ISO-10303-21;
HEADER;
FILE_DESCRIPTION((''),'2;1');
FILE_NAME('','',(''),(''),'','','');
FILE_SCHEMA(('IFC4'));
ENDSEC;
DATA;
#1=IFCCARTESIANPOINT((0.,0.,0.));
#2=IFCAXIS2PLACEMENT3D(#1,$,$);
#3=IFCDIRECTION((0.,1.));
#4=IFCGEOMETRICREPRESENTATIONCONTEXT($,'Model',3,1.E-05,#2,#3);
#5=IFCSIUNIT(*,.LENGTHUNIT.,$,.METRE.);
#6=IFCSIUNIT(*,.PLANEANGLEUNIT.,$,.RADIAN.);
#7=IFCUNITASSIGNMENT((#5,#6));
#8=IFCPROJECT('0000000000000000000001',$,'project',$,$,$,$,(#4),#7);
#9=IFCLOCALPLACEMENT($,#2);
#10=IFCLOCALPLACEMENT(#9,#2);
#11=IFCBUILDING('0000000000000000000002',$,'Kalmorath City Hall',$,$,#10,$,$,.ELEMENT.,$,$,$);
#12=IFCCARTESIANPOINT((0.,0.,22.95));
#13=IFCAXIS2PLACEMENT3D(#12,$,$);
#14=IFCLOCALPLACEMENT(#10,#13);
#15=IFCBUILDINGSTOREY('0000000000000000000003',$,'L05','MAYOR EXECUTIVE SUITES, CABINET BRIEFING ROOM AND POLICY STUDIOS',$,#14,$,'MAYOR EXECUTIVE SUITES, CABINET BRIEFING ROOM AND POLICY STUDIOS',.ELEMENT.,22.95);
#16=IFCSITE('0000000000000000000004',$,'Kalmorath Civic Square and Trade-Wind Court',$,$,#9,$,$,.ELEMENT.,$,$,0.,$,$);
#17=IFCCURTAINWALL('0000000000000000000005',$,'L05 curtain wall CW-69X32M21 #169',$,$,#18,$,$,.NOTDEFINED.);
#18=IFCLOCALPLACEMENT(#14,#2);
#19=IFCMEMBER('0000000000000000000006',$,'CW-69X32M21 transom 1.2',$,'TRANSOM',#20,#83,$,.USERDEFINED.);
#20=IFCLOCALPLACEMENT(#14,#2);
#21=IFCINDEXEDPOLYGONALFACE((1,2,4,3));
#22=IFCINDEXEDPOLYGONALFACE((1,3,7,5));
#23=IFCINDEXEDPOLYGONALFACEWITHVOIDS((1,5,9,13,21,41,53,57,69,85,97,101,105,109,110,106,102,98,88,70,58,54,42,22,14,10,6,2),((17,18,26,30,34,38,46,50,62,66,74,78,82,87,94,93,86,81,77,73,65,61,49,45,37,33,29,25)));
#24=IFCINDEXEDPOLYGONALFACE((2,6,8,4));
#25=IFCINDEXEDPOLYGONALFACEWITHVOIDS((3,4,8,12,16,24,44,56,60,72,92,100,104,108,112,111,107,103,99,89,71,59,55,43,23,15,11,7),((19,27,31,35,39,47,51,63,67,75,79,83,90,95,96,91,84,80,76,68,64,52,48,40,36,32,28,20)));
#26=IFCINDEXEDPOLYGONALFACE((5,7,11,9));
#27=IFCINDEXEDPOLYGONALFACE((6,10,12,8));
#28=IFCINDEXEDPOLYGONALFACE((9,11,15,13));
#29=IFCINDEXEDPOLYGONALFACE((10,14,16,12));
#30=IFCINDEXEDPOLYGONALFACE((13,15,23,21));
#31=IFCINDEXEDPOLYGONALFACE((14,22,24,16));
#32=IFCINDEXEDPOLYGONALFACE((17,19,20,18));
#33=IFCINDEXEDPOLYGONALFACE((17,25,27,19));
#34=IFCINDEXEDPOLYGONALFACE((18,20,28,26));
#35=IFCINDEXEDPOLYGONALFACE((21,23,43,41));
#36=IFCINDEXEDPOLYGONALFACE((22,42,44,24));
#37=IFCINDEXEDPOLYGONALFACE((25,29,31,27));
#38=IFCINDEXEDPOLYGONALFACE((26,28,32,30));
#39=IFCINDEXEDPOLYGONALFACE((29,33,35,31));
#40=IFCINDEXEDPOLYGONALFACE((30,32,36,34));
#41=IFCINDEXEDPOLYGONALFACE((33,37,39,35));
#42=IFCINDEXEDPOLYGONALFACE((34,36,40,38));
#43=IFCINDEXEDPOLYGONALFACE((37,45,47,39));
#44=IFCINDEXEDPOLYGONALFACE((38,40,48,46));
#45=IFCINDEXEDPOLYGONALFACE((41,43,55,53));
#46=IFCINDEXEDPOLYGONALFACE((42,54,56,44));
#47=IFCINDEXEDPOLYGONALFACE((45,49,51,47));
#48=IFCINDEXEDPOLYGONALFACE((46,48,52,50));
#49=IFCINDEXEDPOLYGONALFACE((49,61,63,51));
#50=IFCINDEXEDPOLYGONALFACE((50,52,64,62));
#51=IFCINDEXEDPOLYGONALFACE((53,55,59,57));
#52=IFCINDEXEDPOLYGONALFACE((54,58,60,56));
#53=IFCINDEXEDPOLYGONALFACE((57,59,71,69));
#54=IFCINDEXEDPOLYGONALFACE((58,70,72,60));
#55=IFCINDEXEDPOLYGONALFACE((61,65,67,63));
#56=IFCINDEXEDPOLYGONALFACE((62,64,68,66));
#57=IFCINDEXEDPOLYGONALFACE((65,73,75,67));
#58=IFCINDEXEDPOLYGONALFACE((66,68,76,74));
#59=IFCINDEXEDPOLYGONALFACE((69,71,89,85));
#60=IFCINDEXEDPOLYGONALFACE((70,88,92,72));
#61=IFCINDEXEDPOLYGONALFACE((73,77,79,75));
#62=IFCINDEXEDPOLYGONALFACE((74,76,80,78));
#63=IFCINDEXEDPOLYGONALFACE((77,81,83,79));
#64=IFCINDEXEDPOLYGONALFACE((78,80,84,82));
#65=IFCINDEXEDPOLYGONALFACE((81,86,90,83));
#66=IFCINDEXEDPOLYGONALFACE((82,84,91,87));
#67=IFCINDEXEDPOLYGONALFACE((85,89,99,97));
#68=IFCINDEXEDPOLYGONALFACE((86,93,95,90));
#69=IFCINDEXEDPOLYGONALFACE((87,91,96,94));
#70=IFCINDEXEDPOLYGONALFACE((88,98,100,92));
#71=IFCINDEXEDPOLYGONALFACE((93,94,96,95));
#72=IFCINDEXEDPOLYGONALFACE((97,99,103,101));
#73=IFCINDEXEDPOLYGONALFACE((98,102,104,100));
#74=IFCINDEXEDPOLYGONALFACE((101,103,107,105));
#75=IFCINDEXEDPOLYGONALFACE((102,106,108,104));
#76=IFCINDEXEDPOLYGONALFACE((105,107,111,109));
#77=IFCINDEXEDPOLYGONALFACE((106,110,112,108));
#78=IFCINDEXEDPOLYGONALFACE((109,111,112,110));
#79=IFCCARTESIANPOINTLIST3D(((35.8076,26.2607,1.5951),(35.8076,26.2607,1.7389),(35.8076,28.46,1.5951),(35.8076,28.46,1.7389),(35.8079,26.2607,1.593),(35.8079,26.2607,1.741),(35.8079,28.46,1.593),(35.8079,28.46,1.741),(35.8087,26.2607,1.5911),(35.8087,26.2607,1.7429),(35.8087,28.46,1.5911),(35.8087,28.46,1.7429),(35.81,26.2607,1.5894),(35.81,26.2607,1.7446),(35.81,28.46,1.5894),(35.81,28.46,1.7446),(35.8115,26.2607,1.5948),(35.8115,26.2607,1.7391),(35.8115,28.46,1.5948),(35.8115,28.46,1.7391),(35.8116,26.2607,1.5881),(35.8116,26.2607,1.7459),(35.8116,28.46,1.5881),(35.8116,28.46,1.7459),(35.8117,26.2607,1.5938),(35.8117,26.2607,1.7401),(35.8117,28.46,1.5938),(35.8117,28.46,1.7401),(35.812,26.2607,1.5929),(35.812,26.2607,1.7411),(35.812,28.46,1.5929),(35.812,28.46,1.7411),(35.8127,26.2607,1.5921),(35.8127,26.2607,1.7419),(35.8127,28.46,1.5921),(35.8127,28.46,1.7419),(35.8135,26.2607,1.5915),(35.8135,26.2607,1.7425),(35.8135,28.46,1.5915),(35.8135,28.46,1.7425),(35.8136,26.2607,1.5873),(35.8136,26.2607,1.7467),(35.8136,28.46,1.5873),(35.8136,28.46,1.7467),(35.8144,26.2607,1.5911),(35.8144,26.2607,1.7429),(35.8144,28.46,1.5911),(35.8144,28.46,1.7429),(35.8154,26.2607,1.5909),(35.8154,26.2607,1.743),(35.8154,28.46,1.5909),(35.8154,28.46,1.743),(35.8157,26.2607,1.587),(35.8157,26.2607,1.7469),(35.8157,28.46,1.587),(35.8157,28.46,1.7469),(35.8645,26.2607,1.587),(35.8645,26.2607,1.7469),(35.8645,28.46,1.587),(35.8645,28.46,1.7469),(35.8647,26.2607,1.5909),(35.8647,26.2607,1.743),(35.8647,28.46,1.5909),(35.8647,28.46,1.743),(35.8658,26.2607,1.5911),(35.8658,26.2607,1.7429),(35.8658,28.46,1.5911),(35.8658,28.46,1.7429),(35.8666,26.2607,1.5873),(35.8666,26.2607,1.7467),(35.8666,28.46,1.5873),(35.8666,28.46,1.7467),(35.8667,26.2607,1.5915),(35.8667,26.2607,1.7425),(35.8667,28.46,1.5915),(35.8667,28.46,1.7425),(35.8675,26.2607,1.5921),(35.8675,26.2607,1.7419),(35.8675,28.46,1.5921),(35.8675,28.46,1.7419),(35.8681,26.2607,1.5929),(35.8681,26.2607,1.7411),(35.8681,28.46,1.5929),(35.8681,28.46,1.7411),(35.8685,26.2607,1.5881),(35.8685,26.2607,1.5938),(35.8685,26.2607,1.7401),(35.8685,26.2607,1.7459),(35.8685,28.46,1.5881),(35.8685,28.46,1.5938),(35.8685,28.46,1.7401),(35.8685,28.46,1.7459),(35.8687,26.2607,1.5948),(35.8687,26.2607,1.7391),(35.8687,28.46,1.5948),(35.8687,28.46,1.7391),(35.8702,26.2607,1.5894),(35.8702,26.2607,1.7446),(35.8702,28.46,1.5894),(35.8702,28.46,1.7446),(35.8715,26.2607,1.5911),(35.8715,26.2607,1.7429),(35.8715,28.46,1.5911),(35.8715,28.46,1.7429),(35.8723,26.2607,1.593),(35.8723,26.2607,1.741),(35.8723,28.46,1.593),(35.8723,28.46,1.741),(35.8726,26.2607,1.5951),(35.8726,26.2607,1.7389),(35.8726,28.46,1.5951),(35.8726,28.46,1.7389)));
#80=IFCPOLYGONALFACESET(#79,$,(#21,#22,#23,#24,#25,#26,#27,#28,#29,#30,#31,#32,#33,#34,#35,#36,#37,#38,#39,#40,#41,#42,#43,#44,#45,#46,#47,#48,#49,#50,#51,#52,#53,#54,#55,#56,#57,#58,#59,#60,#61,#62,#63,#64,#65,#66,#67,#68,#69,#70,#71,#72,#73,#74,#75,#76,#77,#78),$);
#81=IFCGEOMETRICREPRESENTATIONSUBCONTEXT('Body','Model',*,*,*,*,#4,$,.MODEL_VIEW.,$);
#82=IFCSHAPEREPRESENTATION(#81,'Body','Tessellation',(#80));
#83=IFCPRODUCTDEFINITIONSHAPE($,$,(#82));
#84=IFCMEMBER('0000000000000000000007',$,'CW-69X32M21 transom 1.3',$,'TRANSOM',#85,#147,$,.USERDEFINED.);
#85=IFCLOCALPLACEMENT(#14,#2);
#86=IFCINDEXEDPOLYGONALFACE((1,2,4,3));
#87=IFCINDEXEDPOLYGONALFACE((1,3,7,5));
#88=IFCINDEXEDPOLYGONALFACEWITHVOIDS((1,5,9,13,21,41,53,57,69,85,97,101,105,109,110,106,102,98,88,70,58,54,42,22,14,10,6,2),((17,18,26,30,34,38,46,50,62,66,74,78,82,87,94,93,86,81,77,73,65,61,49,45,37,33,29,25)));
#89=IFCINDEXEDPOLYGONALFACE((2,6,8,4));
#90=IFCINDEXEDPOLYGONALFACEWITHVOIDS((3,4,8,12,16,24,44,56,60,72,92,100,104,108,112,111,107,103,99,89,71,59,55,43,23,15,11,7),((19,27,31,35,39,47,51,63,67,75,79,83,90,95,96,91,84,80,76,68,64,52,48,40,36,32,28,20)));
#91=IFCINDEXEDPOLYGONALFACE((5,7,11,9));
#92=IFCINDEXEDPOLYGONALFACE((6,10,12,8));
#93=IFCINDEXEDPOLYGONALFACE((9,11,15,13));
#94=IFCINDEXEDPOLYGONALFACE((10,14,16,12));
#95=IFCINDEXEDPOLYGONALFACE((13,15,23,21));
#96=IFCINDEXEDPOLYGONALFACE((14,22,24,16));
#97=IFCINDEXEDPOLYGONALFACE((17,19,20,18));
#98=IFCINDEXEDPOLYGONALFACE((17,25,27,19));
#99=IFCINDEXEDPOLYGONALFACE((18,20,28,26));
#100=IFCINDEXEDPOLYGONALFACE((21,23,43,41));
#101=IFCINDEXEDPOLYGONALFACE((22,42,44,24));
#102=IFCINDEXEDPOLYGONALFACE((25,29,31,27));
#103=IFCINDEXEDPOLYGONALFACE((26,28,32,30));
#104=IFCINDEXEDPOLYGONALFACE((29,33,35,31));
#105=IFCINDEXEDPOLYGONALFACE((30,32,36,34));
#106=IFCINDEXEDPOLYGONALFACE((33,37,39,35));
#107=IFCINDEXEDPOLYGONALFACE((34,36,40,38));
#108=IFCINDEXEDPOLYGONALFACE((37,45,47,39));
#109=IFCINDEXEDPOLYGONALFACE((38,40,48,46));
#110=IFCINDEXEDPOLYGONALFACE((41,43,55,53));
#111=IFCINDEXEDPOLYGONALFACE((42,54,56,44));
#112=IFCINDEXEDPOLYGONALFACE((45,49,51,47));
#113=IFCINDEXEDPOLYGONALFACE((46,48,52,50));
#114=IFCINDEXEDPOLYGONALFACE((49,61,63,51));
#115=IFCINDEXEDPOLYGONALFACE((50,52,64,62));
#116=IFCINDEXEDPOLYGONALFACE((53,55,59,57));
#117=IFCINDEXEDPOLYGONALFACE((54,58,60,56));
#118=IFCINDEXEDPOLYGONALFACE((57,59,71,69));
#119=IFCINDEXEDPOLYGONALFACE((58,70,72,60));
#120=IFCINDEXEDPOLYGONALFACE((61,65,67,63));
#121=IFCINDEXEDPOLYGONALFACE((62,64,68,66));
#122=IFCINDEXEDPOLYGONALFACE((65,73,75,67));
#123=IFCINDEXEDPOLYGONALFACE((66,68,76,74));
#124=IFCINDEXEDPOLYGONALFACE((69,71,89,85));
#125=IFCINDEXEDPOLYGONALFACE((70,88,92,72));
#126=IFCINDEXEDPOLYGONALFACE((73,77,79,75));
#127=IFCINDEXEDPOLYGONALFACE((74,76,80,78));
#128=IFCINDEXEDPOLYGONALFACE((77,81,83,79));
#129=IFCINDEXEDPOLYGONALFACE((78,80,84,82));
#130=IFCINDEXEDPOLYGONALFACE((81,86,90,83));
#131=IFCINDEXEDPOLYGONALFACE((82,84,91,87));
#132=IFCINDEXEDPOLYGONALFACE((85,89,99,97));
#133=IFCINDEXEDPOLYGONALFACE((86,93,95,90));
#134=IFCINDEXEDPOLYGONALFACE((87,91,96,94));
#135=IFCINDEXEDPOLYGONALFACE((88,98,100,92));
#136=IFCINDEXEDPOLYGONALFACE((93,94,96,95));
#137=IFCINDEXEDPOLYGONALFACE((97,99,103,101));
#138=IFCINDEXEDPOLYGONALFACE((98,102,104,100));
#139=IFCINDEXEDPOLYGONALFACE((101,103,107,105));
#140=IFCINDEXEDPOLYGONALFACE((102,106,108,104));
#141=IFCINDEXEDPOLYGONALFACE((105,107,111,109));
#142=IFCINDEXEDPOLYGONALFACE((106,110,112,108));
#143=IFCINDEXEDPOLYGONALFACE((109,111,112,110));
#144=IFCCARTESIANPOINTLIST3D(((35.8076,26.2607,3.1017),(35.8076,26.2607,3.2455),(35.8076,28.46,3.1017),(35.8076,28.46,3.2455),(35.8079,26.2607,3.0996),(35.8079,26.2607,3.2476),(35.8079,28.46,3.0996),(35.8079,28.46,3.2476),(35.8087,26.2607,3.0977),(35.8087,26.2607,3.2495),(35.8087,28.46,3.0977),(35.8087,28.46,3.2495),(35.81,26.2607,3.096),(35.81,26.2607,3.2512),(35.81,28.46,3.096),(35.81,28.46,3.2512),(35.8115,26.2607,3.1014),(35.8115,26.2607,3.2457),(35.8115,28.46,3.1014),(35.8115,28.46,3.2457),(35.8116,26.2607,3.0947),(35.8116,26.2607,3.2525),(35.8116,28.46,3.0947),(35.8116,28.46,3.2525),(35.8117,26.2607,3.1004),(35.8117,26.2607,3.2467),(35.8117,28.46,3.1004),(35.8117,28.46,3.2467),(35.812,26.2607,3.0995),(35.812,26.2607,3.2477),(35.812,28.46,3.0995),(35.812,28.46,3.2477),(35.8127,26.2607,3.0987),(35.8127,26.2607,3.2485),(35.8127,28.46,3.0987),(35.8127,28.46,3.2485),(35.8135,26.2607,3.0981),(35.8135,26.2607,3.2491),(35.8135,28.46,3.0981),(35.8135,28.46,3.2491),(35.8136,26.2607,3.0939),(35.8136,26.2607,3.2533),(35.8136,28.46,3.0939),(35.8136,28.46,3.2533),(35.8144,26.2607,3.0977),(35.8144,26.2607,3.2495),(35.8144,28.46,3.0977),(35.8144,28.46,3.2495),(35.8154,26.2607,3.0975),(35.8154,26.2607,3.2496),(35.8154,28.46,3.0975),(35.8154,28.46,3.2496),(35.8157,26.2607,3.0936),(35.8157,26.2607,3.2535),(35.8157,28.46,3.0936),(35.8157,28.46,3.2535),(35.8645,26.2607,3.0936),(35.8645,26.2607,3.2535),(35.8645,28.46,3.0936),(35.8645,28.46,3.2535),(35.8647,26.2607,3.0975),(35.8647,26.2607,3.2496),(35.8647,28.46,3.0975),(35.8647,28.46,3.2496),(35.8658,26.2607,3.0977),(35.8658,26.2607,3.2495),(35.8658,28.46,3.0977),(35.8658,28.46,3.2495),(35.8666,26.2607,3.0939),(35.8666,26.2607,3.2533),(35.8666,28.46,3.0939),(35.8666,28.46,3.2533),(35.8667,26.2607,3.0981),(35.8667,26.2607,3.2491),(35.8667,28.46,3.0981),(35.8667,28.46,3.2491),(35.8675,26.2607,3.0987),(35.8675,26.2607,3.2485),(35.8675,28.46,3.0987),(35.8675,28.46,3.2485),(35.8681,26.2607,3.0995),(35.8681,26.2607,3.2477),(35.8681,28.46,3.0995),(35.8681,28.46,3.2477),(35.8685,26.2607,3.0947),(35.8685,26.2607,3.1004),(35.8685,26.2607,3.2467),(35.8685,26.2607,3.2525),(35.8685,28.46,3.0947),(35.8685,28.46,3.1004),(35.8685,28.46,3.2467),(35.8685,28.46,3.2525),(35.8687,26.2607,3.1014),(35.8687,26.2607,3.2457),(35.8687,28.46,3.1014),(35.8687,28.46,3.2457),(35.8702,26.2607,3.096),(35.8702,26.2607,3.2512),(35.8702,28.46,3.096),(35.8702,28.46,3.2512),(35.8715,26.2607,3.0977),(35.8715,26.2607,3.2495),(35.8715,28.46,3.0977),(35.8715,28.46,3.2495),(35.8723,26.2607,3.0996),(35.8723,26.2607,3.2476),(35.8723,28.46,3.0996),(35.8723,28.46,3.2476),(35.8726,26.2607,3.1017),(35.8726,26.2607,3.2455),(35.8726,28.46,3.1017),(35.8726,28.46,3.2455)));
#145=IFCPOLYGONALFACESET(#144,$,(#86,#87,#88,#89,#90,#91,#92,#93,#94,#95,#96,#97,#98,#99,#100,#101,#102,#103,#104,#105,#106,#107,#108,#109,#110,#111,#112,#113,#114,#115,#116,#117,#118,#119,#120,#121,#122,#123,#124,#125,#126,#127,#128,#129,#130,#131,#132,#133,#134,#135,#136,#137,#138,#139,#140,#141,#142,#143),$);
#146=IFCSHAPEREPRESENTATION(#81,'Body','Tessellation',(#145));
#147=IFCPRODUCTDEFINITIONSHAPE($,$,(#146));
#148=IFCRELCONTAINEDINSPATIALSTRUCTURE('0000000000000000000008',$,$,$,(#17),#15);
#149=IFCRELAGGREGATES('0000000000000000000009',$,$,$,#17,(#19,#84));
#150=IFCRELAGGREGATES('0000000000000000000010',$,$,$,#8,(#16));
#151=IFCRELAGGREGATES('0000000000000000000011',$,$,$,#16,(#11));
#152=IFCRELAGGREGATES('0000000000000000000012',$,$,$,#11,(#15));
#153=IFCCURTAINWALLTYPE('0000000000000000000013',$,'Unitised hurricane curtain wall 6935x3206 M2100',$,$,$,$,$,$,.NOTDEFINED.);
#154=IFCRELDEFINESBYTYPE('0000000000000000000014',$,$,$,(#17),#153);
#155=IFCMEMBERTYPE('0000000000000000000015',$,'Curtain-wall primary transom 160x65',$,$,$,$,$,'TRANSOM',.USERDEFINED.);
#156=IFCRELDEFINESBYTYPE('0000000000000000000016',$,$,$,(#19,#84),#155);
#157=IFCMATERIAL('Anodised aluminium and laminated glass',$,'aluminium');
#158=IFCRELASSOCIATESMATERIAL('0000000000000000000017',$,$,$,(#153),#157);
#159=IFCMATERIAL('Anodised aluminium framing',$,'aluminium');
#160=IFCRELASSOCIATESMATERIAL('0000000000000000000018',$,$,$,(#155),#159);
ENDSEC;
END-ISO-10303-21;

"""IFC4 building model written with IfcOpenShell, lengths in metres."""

from ifc_helpers import new_model, si_unit, direction, frame, origin, origin_2d, place, context, subcontext, project, spatial, hollow_rectangle, extrude, material, material_profile, profile_set, type_object, element, aggregate, save


model = new_model("IFC4")

# Units and contexts
model_context = context("Model", 3, precision=1e-05, world=origin(), true_north=direction((0.0, 1.0)))
body_context = subcontext(model_context, "Body", "Model", "MODEL_VIEW")
ifc_project = project(units=[si_unit("LENGTHUNIT", "METRE"), si_unit("PLANEANGLEUNIT", "RADIAN")], contexts=[model_context])

# Site, building, storey
site_placement = place(None, origin())
site = spatial("IfcSite", under=ifc_project, at=site_placement, Name="Kalmorath Civic Square and Trade-Wind Court", CompositionType="ELEMENT", RefElevation=0.0)
building_placement = place(site_placement, origin())
building = spatial("IfcBuilding", under=site, at=building_placement, Name="Kalmorath City Hall", CompositionType="ELEMENT")
storey_placement = place(building_placement, frame((0.0, 0.0, 22.95)))
storey = spatial("IfcBuildingStorey", under=building, at=storey_placement, Name="L05", Description="MAYOR EXECUTIVE SUITES, CABINET BRIEFING ROOM AND POLICY STUDIOS", LongName="MAYOR EXECUTIVE SUITES, CABINET BRIEFING ROOM AND POLICY STUDIOS", CompositionType="ELEMENT", Elevation=22.95)

# Curtain wall
ifc_material_1 = material(Name="Anodised aluminium and laminated glass", Category="aluminium")
curtain_wall_type_1 = type_object("IfcCurtainWallType", Name="Unitised hurricane curtain wall 6935x3206 M2100", PredefinedType="NOTDEFINED", material=ifc_material_1)
curtain_wall_1_placement = place(storey_placement, origin())
curtain_wall_1 = element("IfcCurtainWall", 1, at=curtain_wall_1_placement, inside=storey, type_object=curtain_wall_type_1, Name="L05 curtain wall CW-69X32M21 #169", PredefinedType="NOTDEFINED")

# Members
ifc_material_2 = material(Name="Anodised aluminium framing", Category="aluminium")
ifc_material_profile_1 = material_profile(ifc_material_2, hollow_rectangle(XDim=0.0649, YDim=0.1599, WallThickness=0.0039, InnerFilletRadius=0.0039, OuterFilletRadius=0.0081, at=origin_2d()), Name="ALU-TRN-160X65X4")
ifc_profile_set_1 = profile_set([ifc_material_profile_1], Name="Anodised aluminium framing")
member_type_1 = type_object("IfcMemberType", Name="Curtain-wall primary transom 160x65", ElementType="TRANSOM", PredefinedType="USERDEFINED", material=ifc_profile_set_1)
member_1_placement = place(storey_placement, frame((35.8401, 28.46, 1.667), z_axis=(0.0, -1.0, 0.0), x_axis=(1.0, 0.0, 0.0)))
member_1 = element("IfcMember", 2, at=member_1_placement, type_object=member_type_1, Name="CW-69X32M21 transom 1.2", ObjectType="TRANSOM", PredefinedType="USERDEFINED", context=body_context, shape_type="SweptSolid", body=[
    extrude(hollow_rectangle(XDim=0.0649, YDim=0.1599, WallThickness=0.0039, InnerFilletRadius=0.0039, OuterFilletRadius=0.0081, at=origin_2d()), origin(), (0.0, 0.0, 1.0), 2.1992),
])
member_2_placement = place(storey_placement, frame((35.8401, 28.46, 3.1736), z_axis=(0.0, -1.0, 0.0), x_axis=(1.0, 0.0, 0.0)))
member_2 = element("IfcMember", 3, at=member_2_placement, type_object=member_type_1, Name="CW-69X32M21 transom 1.3", ObjectType="TRANSOM", PredefinedType="USERDEFINED", context=body_context, shape_type="SweptSolid", body=[
    extrude(hollow_rectangle(XDim=0.0649, YDim=0.1599, WallThickness=0.0039, InnerFilletRadius=0.0039, OuterFilletRadius=0.0081, at=origin_2d()), origin(), (0.0, 0.0, 1.0), 2.1992),
])

aggregate(curtain_wall_1, [member_1, member_2])

save(model, "model.ifc")
